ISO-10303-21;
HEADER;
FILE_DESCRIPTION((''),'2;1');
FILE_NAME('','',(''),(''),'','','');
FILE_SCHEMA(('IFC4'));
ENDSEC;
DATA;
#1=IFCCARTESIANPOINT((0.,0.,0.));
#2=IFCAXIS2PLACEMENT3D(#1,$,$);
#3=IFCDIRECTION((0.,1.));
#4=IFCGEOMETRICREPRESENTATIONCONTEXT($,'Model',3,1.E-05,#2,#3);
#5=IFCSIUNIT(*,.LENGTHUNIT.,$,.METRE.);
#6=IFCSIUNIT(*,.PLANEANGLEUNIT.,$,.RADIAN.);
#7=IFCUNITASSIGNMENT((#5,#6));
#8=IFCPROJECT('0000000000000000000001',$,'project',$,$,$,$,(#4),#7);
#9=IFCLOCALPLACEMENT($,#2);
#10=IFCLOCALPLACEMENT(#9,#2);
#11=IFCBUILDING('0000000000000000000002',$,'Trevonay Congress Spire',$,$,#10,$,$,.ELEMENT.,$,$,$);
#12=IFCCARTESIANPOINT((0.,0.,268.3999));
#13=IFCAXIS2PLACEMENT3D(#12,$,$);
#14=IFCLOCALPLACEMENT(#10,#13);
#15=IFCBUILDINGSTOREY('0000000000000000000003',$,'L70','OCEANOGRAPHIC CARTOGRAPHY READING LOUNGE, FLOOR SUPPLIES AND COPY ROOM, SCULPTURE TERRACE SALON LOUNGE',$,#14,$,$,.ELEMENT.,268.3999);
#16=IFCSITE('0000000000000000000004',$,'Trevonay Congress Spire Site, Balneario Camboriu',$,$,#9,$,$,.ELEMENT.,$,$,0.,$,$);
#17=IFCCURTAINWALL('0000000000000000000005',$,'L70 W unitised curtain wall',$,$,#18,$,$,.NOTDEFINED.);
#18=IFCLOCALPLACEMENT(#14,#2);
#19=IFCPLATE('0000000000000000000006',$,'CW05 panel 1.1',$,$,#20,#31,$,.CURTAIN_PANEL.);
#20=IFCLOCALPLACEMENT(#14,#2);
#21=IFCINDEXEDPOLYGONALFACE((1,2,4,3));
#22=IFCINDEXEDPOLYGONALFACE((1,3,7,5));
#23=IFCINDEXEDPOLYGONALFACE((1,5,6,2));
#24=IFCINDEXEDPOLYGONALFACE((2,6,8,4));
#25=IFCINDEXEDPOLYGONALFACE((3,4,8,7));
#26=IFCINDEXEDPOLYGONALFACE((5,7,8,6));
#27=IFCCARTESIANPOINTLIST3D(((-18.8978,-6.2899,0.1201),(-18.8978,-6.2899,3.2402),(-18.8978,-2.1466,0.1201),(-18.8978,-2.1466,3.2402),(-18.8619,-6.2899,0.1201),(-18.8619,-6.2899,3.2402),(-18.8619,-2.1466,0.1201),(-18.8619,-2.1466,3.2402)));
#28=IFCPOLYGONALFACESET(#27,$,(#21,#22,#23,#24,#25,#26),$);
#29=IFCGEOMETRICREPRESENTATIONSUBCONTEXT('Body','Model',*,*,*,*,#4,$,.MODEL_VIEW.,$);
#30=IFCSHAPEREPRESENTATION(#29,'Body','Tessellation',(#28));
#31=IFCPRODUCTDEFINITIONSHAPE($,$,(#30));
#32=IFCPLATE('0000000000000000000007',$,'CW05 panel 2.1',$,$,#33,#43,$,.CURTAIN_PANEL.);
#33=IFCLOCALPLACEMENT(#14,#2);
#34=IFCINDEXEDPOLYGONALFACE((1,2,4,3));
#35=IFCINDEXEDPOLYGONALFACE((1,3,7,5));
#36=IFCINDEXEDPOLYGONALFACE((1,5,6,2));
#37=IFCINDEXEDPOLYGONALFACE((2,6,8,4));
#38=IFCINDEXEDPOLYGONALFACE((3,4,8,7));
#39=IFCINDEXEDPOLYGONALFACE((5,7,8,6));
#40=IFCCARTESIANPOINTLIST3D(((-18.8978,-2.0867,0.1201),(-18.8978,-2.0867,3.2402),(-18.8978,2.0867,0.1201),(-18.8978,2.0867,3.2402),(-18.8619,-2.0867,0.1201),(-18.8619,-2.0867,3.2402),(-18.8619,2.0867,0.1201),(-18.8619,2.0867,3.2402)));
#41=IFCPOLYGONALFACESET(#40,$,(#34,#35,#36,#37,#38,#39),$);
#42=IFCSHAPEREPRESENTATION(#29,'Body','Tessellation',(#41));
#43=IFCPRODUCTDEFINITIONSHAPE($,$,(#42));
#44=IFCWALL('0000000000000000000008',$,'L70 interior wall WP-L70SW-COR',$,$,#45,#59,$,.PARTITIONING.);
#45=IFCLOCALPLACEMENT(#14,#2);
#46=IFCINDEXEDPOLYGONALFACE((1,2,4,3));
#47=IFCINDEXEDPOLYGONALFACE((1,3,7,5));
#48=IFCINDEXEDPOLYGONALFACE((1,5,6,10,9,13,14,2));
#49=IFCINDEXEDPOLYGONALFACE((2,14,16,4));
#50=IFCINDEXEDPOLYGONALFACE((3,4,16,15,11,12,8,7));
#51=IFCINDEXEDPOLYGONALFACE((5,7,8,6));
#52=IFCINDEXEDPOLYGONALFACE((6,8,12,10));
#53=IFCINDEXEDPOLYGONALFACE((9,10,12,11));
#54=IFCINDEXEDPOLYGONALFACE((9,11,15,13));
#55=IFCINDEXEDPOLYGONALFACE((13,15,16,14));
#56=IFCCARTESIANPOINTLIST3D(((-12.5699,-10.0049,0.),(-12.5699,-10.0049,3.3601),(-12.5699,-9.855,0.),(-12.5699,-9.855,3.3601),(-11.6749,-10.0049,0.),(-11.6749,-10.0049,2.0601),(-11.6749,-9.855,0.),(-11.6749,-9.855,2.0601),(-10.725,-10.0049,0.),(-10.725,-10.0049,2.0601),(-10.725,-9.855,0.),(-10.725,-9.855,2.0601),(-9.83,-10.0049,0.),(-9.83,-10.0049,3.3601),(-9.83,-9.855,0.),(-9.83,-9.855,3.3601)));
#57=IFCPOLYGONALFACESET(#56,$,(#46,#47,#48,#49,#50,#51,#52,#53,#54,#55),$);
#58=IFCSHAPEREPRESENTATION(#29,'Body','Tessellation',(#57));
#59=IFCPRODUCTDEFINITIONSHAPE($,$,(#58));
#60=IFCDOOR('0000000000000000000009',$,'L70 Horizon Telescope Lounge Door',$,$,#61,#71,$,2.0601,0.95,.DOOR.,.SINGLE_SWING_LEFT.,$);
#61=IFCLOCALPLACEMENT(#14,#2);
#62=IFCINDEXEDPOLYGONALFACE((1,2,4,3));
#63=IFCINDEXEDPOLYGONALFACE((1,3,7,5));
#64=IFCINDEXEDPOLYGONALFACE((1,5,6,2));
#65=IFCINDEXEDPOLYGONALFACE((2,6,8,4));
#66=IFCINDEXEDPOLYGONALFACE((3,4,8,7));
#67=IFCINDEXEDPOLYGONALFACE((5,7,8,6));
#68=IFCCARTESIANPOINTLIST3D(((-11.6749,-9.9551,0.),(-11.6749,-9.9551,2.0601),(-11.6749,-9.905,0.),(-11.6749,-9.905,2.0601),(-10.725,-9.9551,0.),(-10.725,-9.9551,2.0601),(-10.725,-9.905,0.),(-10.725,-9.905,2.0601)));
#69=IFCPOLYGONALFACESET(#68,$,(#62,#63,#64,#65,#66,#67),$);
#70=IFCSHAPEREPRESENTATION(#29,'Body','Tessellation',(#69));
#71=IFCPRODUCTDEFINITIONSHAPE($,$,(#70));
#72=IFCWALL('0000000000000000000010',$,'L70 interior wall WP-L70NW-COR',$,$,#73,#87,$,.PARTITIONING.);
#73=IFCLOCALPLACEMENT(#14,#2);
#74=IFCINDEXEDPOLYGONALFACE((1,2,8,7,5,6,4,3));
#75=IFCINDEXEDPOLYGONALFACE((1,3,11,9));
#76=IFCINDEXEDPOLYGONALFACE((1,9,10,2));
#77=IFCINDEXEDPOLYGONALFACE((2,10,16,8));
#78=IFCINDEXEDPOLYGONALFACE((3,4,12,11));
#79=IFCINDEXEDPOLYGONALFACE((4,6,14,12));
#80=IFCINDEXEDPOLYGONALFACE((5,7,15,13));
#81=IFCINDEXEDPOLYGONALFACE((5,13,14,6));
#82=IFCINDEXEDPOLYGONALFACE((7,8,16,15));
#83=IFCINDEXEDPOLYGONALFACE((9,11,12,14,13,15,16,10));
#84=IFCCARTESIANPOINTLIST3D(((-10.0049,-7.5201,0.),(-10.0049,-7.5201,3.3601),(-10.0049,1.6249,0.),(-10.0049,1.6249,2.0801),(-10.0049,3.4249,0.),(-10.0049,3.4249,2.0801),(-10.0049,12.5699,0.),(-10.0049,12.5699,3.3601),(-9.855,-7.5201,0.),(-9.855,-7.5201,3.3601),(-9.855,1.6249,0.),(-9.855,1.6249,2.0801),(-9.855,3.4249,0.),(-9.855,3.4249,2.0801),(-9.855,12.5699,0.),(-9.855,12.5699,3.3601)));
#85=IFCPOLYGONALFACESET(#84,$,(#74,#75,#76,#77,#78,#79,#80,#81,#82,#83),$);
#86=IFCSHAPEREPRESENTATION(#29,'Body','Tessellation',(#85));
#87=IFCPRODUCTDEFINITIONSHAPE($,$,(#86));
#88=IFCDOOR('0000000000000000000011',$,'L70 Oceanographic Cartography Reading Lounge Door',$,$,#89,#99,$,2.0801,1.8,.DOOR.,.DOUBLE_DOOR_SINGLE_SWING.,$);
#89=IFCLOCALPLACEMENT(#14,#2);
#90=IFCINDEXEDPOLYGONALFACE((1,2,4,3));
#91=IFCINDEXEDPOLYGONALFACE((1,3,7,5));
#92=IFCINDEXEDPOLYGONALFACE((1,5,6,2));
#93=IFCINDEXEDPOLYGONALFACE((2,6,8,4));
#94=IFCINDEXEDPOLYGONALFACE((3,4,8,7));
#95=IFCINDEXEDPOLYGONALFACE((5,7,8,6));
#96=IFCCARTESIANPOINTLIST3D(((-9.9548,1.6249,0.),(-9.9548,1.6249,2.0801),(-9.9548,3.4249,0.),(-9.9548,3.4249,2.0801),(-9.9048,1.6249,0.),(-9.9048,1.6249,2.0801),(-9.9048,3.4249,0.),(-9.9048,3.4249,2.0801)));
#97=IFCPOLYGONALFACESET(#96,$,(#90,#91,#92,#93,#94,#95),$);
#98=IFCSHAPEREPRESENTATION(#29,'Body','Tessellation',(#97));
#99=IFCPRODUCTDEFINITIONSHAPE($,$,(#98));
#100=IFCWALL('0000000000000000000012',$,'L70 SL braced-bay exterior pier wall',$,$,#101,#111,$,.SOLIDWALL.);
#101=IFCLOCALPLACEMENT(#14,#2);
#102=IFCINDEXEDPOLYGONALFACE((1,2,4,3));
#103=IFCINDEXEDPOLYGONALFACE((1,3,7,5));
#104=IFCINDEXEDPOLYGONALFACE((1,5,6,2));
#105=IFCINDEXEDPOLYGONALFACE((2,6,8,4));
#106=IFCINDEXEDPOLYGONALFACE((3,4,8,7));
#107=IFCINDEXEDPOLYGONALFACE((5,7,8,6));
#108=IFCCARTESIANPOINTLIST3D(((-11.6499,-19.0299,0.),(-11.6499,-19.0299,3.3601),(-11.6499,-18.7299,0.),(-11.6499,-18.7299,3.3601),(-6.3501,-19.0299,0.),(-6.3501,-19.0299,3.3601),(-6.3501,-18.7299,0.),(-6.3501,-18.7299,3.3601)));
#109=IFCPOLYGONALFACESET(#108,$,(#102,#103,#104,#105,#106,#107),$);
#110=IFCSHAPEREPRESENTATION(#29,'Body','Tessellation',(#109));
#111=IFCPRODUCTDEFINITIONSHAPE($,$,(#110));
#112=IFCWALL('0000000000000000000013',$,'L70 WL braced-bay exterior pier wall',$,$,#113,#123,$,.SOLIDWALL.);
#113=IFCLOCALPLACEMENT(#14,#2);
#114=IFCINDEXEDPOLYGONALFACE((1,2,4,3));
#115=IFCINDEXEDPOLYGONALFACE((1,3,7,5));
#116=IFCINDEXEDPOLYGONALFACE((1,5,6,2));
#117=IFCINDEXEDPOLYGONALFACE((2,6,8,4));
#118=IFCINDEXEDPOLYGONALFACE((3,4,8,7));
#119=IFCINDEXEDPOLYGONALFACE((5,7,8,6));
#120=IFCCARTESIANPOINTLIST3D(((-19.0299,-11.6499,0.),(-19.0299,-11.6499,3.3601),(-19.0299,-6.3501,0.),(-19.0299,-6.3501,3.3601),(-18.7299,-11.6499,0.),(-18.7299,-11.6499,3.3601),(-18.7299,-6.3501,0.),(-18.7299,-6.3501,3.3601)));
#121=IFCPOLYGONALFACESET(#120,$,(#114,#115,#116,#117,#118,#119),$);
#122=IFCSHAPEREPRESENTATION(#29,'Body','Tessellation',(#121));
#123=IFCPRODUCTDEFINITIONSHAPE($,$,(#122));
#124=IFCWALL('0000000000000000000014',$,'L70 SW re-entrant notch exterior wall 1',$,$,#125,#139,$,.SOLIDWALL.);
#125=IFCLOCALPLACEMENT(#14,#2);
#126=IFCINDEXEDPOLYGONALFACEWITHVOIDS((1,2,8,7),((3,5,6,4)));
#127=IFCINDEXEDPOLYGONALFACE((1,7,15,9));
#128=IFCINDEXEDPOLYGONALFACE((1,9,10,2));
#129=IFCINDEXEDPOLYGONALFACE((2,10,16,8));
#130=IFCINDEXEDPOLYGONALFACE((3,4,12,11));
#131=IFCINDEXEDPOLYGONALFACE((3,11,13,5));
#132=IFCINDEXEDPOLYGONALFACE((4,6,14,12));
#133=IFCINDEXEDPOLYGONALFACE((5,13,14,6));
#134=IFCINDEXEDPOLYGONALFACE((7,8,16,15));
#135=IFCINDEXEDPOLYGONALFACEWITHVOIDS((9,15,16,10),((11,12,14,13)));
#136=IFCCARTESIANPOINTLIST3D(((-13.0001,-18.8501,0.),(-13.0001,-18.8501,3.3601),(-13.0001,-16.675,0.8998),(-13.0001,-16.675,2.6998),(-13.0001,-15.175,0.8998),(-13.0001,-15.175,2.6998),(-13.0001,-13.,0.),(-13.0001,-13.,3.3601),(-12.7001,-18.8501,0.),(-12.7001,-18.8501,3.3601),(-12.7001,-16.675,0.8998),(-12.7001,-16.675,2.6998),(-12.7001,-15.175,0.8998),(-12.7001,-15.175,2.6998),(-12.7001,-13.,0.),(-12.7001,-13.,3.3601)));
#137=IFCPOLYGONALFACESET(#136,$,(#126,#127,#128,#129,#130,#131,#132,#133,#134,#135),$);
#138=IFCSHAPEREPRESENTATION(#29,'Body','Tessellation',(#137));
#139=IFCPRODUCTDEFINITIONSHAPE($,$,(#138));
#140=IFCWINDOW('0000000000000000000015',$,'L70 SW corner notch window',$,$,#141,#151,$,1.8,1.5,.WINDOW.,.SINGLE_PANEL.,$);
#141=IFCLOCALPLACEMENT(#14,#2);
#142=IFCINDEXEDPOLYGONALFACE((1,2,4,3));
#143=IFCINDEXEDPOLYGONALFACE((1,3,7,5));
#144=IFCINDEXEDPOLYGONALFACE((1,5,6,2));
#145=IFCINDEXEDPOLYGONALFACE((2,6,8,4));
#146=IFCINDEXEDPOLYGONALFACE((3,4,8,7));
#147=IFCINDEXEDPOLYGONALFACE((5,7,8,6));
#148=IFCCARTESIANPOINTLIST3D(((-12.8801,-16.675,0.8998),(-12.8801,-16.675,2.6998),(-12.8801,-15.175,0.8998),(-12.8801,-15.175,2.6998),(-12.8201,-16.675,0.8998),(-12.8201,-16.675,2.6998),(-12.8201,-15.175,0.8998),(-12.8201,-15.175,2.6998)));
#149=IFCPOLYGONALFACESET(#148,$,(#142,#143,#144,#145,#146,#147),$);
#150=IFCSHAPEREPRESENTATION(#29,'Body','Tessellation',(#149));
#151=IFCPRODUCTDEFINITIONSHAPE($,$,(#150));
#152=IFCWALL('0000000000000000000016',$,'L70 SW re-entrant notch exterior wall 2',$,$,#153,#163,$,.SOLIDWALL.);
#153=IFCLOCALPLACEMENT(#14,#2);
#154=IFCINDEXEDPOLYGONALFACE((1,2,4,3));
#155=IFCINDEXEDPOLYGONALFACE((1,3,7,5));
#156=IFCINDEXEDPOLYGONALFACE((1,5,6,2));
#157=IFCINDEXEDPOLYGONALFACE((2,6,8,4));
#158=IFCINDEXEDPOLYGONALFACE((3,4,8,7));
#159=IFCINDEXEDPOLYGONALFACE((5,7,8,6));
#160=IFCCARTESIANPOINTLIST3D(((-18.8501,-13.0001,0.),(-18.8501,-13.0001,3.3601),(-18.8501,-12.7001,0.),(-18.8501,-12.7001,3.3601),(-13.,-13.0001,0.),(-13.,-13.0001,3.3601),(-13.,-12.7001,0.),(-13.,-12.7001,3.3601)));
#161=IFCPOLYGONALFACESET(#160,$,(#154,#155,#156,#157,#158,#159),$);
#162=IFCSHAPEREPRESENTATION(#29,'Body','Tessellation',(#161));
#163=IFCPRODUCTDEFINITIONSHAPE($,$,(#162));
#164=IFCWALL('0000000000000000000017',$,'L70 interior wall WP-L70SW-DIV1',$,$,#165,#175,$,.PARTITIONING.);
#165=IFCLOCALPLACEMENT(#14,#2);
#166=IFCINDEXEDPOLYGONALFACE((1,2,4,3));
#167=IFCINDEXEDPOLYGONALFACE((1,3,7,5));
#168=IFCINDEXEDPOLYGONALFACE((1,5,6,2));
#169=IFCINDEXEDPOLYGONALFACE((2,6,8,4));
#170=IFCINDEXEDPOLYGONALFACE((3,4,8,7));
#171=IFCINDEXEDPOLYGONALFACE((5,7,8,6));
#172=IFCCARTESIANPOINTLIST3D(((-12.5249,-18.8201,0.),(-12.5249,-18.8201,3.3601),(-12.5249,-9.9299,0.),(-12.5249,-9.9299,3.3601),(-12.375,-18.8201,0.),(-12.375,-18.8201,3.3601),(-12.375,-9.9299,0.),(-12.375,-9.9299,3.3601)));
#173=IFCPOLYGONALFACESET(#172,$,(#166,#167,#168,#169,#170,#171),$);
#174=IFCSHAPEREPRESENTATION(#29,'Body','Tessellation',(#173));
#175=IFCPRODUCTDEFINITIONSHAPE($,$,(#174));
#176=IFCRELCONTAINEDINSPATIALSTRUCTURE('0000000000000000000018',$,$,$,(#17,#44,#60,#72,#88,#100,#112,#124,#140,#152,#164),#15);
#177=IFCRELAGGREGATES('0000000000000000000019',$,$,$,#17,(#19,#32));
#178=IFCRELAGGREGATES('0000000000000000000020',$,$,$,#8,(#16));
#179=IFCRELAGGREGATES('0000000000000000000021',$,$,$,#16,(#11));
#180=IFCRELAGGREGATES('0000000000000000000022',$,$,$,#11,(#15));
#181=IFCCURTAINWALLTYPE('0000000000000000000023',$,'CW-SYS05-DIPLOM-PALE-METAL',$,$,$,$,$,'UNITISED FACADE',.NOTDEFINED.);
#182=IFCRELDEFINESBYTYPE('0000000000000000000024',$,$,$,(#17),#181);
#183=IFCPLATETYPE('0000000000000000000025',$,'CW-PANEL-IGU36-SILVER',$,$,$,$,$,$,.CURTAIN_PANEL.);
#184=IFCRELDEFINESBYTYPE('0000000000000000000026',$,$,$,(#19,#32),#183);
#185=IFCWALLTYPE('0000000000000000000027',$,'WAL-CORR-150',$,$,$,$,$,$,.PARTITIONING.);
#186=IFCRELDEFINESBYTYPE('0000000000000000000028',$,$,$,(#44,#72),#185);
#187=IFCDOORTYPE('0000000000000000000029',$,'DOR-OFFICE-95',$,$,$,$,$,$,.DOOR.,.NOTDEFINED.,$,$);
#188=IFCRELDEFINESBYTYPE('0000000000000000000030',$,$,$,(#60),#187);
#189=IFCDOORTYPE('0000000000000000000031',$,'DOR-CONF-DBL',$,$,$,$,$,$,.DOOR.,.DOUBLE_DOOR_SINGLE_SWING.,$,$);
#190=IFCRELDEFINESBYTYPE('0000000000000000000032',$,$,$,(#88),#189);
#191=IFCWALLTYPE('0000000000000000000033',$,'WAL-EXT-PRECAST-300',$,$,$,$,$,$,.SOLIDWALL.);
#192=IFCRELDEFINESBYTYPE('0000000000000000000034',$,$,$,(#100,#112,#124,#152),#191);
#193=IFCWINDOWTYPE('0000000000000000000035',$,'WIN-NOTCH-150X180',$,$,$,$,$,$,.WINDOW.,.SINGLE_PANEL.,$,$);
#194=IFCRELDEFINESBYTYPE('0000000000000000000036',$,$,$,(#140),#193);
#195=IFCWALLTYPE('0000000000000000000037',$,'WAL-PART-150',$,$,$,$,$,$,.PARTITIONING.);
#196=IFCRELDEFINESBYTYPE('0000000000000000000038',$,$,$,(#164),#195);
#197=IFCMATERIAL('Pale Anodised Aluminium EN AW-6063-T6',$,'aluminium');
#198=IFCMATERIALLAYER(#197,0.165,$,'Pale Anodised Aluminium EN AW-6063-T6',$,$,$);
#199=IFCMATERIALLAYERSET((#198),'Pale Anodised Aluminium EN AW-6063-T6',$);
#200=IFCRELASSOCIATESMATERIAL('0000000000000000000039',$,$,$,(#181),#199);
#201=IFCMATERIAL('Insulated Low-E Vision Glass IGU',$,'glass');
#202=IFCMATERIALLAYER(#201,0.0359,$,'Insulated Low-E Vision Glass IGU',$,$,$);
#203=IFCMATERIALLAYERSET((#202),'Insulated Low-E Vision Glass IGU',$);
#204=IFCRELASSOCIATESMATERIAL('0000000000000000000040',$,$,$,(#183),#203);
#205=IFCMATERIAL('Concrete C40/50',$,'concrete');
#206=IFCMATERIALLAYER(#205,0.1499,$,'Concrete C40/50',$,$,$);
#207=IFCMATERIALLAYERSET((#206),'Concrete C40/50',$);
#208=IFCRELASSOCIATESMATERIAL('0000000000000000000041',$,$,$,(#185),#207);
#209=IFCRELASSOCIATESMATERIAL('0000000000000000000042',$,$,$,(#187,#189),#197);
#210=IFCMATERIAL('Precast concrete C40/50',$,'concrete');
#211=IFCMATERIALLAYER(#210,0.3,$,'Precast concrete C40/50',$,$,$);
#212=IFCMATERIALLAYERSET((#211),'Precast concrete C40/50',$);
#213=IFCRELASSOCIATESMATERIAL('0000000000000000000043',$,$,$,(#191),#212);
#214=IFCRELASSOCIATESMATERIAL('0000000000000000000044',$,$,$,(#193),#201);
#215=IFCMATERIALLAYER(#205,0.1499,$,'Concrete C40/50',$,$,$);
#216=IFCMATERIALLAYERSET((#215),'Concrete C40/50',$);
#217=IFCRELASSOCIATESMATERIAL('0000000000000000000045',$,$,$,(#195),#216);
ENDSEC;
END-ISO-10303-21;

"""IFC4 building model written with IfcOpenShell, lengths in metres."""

from ifc_helpers import new_model, si_unit, direction, frame, frame_2d, origin, origin_2d, place, context, subcontext, project, spatial, rectangle, extrude, material, layer, layer_set, type_object, element, fill, aggregate, save


model = new_model("IFC4")

# Units and contexts
model_context = context("Model", 3, precision=1e-05, world=origin(), true_north=direction((0.0, 1.0)))
body_context = subcontext(model_context, "Body", "Model", "MODEL_VIEW")
ifc_project = project(units=[si_unit("LENGTHUNIT", "METRE"), si_unit("PLANEANGLEUNIT", "RADIAN")], contexts=[model_context])

# Site, building, storey
site_placement = place(None, origin())
site = spatial("IfcSite", under=ifc_project, at=site_placement, Name="Trevonay Congress Spire Site, Balneario Camboriu", CompositionType="ELEMENT", RefElevation=0.0)
building_placement = place(site_placement, origin())
building = spatial("IfcBuilding", under=site, at=building_placement, Name="Trevonay Congress Spire", CompositionType="ELEMENT")
storey_placement = place(building_placement, frame((0.0, 0.0, 268.3999)))
storey = spatial("IfcBuildingStorey", under=building, at=storey_placement, Name="L70", Description="OCEANOGRAPHIC CARTOGRAPHY READING LOUNGE, FLOOR SUPPLIES AND COPY ROOM, SCULPTURE TERRACE SALON LOUNGE", CompositionType="ELEMENT", Elevation=268.3999)

# Curtain wall
ifc_material_1 = material(Name="Pale Anodised Aluminium EN AW-6063-T6", Category="aluminium")
ifc_layer_1 = layer(ifc_material_1, 0.165, Name="Pale Anodised Aluminium EN AW-6063-T6")
ifc_layer_set_1 = layer_set([ifc_layer_1], Name="Pale Anodised Aluminium EN AW-6063-T6")
curtain_wall_type = type_object("IfcCurtainWallType", Name="CW-SYS05-DIPLOM-PALE-METAL", ElementType="UNITISED FACADE", PredefinedType="NOTDEFINED", material=ifc_layer_set_1)
curtain_wall_placement = place(storey_placement, origin())
curtain_wall = element("IfcCurtainWall", 1, at=curtain_wall_placement, inside=storey, type_object=curtain_wall_type, Name="L70 W unitised curtain wall", PredefinedType="NOTDEFINED")

# Plates
ifc_material_2 = material(Name="Insulated Low-E Vision Glass IGU", Category="glass")
ifc_layer_2 = layer(ifc_material_2, 0.0359, Name="Insulated Low-E Vision Glass IGU")
ifc_layer_set_2 = layer_set([ifc_layer_2], Name="Insulated Low-E Vision Glass IGU")
plate_type = type_object("IfcPlateType", Name="CW-PANEL-IGU36-SILVER", PredefinedType="CURTAIN_PANEL", material=ifc_layer_set_2)
plate_1_placement = place(storey_placement, frame((-18.8799, -4.2183, 0.1201), z_axis=(0.0, 0.0, 1.0), x_axis=(0.0, 1.0, 0.0)))
plate_1 = element("IfcPlate", 2, at=plate_1_placement, type_object=plate_type, Name="CW05 panel 1.1", PredefinedType="CURTAIN_PANEL", context=body_context, shape_type="SweptSolid", body=[
    extrude(rectangle(XDim=4.1433, YDim=0.0359, at=origin_2d()), origin(), (0.0, 0.0, 1.0), 3.1201),
])
plate_2_placement = place(storey_placement, frame((-18.8799, 0.0, 0.1201), z_axis=(0.0, 0.0, 1.0), x_axis=(0.0, 1.0, 0.0)))
plate_2 = element("IfcPlate", 3, at=plate_2_placement, type_object=plate_type, Name="CW05 panel 2.1", PredefinedType="CURTAIN_PANEL", context=body_context, shape_type="SweptSolid", body=[
    extrude(rectangle(XDim=4.1733, YDim=0.0359, at=origin_2d()), origin(), (0.0, 0.0, 1.0), 3.1201),
])
aggregate(curtain_wall, [plate_1, plate_2])

# Walls, openings, doors
ifc_material_3 = material(Name="Concrete C40/50", Category="concrete")
ifc_layer_3 = layer(ifc_material_3, 0.1499, Name="Concrete C40/50")
ifc_layer_set_3 = layer_set([ifc_layer_3], Name="Concrete C40/50")
wall_type_1 = type_object("IfcWallType", Name="WAL-CORR-150", PredefinedType="PARTITIONING", material=ifc_layer_set_3)
wall_1_placement = place(storey_placement, frame((-12.5701, -9.9299, 0.0), z_axis=(0.0, 0.0, 1.0), x_axis=(1.0, 0.0, 0.0)))
wall_1 = element("IfcWall", 4, at=wall_1_placement, inside=storey, type_object=wall_type_1, Name="L70 interior wall WP-L70SW-COR", PredefinedType="PARTITIONING", context=body_context, shape_type="SweptSolid", body=[
    extrude(rectangle(XDim=2.74, YDim=0.1499, at=frame_2d((1.3701, 0.0))), origin(), (0.0, 0.0, 1.0), 3.3601),
])
opening_1_placement = place(wall_1_placement, frame((0.895, 0.0, 0.0)))
opening_1 = element("IfcOpeningElement", 5, at=opening_1_placement, cuts=wall_1, PredefinedType="OPENING", context=body_context, shape_type="SweptSolid", body=[
    extrude(rectangle(XDim=0.95, YDim=2.0601, at=frame_2d((0.4751, 1.03))), frame((0.0, 0.085, 0.0), z_axis=(0.0, -1.0, 0.0), x_axis=(1.0, 0.0, 0.0)), (0.0, 0.0, 1.0), 0.1699),
])
door_type_1 = type_object("IfcDoorType", Name="DOR-OFFICE-95", OperationType="NOTDEFINED", PredefinedType="DOOR", material=ifc_material_1)
door_1_placement = place(opening_1_placement, origin())
door_1 = element("IfcDoor", 6, at=door_1_placement, inside=storey, type_object=door_type_1, Name="L70 Horizon Telescope Lounge Door", OperationType="SINGLE_SWING_LEFT", OverallHeight=2.0601, OverallWidth=0.95, PredefinedType="DOOR", context=body_context, shape_type="SweptSolid", body=[
    extrude(rectangle(XDim=0.95, YDim=2.0601, at=frame_2d((0.4751, 1.03))), frame((0.0, 0.0249, 0.0), z_axis=(0.0, -1.0, 0.0), x_axis=(1.0, 0.0, 0.0)), (0.0, 0.0, 1.0), 0.05),
])
fill(opening_1, door_1)
wall_2_placement = place(storey_placement, frame((-9.9299, -7.52, 0.0), z_axis=(0.0, 0.0, 1.0), x_axis=(0.0, 1.0, 0.0)))
wall_2 = element("IfcWall", 7, at=wall_2_placement, inside=storey, type_object=wall_type_1, Name="L70 interior wall WP-L70NW-COR", PredefinedType="PARTITIONING", context=body_context, shape_type="SweptSolid", body=[
    extrude(rectangle(XDim=20.0901, YDim=0.1499, at=frame_2d((10.0449, 0.0))), origin(), (0.0, 0.0, 1.0), 3.3601),
])
opening_2_placement = place(wall_2_placement, frame((9.145, 0.0, 0.0)))
opening_2 = element("IfcOpeningElement", 8, at=opening_2_placement, cuts=wall_2, PredefinedType="OPENING", context=body_context, shape_type="SweptSolid", body=[
    extrude(rectangle(XDim=1.8, YDim=2.0801, at=frame_2d((0.8999, 1.04))), frame((0.0, 0.085, 0.0), z_axis=(0.0, -1.0, 0.0), x_axis=(1.0, 0.0, 0.0)), (0.0, 0.0, 1.0), 0.1699),
])
door_type_2 = type_object("IfcDoorType", Name="DOR-CONF-DBL", OperationType="DOUBLE_DOOR_SINGLE_SWING", PredefinedType="DOOR", material=ifc_material_1)
door_2_placement = place(opening_2_placement, origin())
door_2 = element("IfcDoor", 9, at=door_2_placement, inside=storey, type_object=door_type_2, Name="L70 Oceanographic Cartography Reading Lounge Door", OperationType="DOUBLE_DOOR_SINGLE_SWING", OverallHeight=2.0801, OverallWidth=1.8, PredefinedType="DOOR", context=body_context, shape_type="SweptSolid", body=[
    extrude(rectangle(XDim=1.8, YDim=2.0801, at=frame_2d((0.8999, 1.04))), frame((0.0, 0.0249, 0.0), z_axis=(0.0, -1.0, 0.0), x_axis=(1.0, 0.0, 0.0)), (0.0, 0.0, 1.0), 0.05),
])
fill(opening_2, door_2)

# Walls
ifc_material_4 = material(Name="Precast concrete C40/50", Category="concrete")
ifc_layer_4 = layer(ifc_material_4, 0.3, Name="Precast concrete C40/50")
ifc_layer_set_4 = layer_set([ifc_layer_4], Name="Precast concrete C40/50")
wall_type_2 = type_object("IfcWallType", Name="WAL-EXT-PRECAST-300", PredefinedType="SOLIDWALL", material=ifc_layer_set_4)
for number, where, z_axis, x_axis, name in (
    (10, (-11.6499, -18.8799, 0.0), (0.0, 0.0, 1.0), (1.0, 0.0, 0.0), "L70 SL braced-bay exterior pier wall"),
    (11, (-18.8799, -11.6499, 0.0), (0.0, 0.0, 1.0), (0.0, 1.0, 0.0), "L70 WL braced-bay exterior pier wall"),
):
    element("IfcWall", number, at=place(storey_placement, frame(where, z_axis=z_axis, x_axis=x_axis)), inside=storey, type_object=wall_type_2, Name=name, PredefinedType="SOLIDWALL", context=body_context, shape_type="SweptSolid", body=[
        extrude(rectangle(XDim=5.2998, YDim=0.3, at=frame_2d((2.6499, 0.0))), origin(), (0.0, 0.0, 1.0), 3.3601),
    ])

# Wall, opening, window
wall_3_placement = place(storey_placement, frame((-12.8501, -18.8501, 0.0), z_axis=(0.0, 0.0, 1.0), x_axis=(0.0, 1.0, 0.0)))
wall_3 = element("IfcWall", 12, at=wall_3_placement, inside=storey, type_object=wall_type_2, Name="L70 SW re-entrant notch exterior wall 1", PredefinedType="SOLIDWALL", context=body_context, shape_type="SweptSolid", body=[
    extrude(rectangle(XDim=5.8501, YDim=0.3, at=frame_2d((2.925, 0.0))), origin(), (0.0, 0.0, 1.0), 3.3601),
])
opening_3_placement = place(wall_3_placement, frame((2.175, 0.0, 0.8999)))
opening_3 = element("IfcOpeningElement", 13, at=opening_3_placement, cuts=wall_3, PredefinedType="OPENING", context=body_context, shape_type="SweptSolid", body=[
    extrude(rectangle(XDim=1.5, YDim=1.8, at=frame_2d((0.75, 0.8999))), frame((0.0, 0.1602, 0.0), z_axis=(0.0, -1.0, 0.0), x_axis=(1.0, 0.0, 0.0)), (0.0, 0.0, 1.0), 0.3201),
])
window_type = type_object("IfcWindowType", Name="WIN-NOTCH-150X180", PartitioningType="SINGLE_PANEL", PredefinedType="WINDOW", material=ifc_material_2)
window_placement = place(opening_3_placement, origin())
window = element("IfcWindow", 14, at=window_placement, inside=storey, type_object=window_type, Name="L70 SW corner notch window", OverallHeight=1.8, OverallWidth=1.5, PartitioningType="SINGLE_PANEL", PredefinedType="WINDOW", context=body_context, shape_type="SweptSolid", body=[
    extrude(rectangle(XDim=1.5, YDim=1.8, at=frame_2d((0.75, 0.8999))), frame((0.0, 0.03, 0.0), z_axis=(0.0, -1.0, 0.0), x_axis=(1.0, 0.0, 0.0)), (0.0, 0.0, 1.0), 0.0601),
])
fill(opening_3, window)

# Walls
wall_4_placement = place(storey_placement, frame((-18.8501, -12.8501, 0.0), z_axis=(0.0, 0.0, 1.0), x_axis=(1.0, 0.0, 0.0)))
element("IfcWall", 15, at=wall_4_placement, inside=storey, type_object=wall_type_2, Name="L70 SW re-entrant notch exterior wall 2", PredefinedType="SOLIDWALL", context=body_context, shape_type="SweptSolid", body=[
    extrude(rectangle(XDim=5.8501, YDim=0.3, at=frame_2d((2.925, 0.0))), origin(), (0.0, 0.0, 1.0), 3.3601),
])
ifc_layer_5 = layer(ifc_material_3, 0.1499, Name="Concrete C40/50")
ifc_layer_set_5 = layer_set([ifc_layer_5], Name="Concrete C40/50")
wall_type_3 = type_object("IfcWallType", Name="WAL-PART-150", PredefinedType="PARTITIONING", material=ifc_layer_set_5)
for number, where, z_axis, x_axis, name in (
    (16, (-12.45, -18.8201, 0.0), (0.0, 0.0, 1.0), (0.0, 1.0, 0.0), "L70 interior wall WP-L70SW-DIV1"),
):
    element("IfcWall", number, at=place(storey_placement, frame(where, z_axis=z_axis, x_axis=x_axis)), inside=storey, type_object=wall_type_3, Name=name, PredefinedType="PARTITIONING", context=body_context, shape_type="SweptSolid", body=[
        extrude(rectangle(XDim=8.8901, YDim=0.1499, at=frame_2d((4.4451, 0.0))), origin(), (0.0, 0.0, 1.0), 3.3601),
    ])

save(model, "model.ifc")
